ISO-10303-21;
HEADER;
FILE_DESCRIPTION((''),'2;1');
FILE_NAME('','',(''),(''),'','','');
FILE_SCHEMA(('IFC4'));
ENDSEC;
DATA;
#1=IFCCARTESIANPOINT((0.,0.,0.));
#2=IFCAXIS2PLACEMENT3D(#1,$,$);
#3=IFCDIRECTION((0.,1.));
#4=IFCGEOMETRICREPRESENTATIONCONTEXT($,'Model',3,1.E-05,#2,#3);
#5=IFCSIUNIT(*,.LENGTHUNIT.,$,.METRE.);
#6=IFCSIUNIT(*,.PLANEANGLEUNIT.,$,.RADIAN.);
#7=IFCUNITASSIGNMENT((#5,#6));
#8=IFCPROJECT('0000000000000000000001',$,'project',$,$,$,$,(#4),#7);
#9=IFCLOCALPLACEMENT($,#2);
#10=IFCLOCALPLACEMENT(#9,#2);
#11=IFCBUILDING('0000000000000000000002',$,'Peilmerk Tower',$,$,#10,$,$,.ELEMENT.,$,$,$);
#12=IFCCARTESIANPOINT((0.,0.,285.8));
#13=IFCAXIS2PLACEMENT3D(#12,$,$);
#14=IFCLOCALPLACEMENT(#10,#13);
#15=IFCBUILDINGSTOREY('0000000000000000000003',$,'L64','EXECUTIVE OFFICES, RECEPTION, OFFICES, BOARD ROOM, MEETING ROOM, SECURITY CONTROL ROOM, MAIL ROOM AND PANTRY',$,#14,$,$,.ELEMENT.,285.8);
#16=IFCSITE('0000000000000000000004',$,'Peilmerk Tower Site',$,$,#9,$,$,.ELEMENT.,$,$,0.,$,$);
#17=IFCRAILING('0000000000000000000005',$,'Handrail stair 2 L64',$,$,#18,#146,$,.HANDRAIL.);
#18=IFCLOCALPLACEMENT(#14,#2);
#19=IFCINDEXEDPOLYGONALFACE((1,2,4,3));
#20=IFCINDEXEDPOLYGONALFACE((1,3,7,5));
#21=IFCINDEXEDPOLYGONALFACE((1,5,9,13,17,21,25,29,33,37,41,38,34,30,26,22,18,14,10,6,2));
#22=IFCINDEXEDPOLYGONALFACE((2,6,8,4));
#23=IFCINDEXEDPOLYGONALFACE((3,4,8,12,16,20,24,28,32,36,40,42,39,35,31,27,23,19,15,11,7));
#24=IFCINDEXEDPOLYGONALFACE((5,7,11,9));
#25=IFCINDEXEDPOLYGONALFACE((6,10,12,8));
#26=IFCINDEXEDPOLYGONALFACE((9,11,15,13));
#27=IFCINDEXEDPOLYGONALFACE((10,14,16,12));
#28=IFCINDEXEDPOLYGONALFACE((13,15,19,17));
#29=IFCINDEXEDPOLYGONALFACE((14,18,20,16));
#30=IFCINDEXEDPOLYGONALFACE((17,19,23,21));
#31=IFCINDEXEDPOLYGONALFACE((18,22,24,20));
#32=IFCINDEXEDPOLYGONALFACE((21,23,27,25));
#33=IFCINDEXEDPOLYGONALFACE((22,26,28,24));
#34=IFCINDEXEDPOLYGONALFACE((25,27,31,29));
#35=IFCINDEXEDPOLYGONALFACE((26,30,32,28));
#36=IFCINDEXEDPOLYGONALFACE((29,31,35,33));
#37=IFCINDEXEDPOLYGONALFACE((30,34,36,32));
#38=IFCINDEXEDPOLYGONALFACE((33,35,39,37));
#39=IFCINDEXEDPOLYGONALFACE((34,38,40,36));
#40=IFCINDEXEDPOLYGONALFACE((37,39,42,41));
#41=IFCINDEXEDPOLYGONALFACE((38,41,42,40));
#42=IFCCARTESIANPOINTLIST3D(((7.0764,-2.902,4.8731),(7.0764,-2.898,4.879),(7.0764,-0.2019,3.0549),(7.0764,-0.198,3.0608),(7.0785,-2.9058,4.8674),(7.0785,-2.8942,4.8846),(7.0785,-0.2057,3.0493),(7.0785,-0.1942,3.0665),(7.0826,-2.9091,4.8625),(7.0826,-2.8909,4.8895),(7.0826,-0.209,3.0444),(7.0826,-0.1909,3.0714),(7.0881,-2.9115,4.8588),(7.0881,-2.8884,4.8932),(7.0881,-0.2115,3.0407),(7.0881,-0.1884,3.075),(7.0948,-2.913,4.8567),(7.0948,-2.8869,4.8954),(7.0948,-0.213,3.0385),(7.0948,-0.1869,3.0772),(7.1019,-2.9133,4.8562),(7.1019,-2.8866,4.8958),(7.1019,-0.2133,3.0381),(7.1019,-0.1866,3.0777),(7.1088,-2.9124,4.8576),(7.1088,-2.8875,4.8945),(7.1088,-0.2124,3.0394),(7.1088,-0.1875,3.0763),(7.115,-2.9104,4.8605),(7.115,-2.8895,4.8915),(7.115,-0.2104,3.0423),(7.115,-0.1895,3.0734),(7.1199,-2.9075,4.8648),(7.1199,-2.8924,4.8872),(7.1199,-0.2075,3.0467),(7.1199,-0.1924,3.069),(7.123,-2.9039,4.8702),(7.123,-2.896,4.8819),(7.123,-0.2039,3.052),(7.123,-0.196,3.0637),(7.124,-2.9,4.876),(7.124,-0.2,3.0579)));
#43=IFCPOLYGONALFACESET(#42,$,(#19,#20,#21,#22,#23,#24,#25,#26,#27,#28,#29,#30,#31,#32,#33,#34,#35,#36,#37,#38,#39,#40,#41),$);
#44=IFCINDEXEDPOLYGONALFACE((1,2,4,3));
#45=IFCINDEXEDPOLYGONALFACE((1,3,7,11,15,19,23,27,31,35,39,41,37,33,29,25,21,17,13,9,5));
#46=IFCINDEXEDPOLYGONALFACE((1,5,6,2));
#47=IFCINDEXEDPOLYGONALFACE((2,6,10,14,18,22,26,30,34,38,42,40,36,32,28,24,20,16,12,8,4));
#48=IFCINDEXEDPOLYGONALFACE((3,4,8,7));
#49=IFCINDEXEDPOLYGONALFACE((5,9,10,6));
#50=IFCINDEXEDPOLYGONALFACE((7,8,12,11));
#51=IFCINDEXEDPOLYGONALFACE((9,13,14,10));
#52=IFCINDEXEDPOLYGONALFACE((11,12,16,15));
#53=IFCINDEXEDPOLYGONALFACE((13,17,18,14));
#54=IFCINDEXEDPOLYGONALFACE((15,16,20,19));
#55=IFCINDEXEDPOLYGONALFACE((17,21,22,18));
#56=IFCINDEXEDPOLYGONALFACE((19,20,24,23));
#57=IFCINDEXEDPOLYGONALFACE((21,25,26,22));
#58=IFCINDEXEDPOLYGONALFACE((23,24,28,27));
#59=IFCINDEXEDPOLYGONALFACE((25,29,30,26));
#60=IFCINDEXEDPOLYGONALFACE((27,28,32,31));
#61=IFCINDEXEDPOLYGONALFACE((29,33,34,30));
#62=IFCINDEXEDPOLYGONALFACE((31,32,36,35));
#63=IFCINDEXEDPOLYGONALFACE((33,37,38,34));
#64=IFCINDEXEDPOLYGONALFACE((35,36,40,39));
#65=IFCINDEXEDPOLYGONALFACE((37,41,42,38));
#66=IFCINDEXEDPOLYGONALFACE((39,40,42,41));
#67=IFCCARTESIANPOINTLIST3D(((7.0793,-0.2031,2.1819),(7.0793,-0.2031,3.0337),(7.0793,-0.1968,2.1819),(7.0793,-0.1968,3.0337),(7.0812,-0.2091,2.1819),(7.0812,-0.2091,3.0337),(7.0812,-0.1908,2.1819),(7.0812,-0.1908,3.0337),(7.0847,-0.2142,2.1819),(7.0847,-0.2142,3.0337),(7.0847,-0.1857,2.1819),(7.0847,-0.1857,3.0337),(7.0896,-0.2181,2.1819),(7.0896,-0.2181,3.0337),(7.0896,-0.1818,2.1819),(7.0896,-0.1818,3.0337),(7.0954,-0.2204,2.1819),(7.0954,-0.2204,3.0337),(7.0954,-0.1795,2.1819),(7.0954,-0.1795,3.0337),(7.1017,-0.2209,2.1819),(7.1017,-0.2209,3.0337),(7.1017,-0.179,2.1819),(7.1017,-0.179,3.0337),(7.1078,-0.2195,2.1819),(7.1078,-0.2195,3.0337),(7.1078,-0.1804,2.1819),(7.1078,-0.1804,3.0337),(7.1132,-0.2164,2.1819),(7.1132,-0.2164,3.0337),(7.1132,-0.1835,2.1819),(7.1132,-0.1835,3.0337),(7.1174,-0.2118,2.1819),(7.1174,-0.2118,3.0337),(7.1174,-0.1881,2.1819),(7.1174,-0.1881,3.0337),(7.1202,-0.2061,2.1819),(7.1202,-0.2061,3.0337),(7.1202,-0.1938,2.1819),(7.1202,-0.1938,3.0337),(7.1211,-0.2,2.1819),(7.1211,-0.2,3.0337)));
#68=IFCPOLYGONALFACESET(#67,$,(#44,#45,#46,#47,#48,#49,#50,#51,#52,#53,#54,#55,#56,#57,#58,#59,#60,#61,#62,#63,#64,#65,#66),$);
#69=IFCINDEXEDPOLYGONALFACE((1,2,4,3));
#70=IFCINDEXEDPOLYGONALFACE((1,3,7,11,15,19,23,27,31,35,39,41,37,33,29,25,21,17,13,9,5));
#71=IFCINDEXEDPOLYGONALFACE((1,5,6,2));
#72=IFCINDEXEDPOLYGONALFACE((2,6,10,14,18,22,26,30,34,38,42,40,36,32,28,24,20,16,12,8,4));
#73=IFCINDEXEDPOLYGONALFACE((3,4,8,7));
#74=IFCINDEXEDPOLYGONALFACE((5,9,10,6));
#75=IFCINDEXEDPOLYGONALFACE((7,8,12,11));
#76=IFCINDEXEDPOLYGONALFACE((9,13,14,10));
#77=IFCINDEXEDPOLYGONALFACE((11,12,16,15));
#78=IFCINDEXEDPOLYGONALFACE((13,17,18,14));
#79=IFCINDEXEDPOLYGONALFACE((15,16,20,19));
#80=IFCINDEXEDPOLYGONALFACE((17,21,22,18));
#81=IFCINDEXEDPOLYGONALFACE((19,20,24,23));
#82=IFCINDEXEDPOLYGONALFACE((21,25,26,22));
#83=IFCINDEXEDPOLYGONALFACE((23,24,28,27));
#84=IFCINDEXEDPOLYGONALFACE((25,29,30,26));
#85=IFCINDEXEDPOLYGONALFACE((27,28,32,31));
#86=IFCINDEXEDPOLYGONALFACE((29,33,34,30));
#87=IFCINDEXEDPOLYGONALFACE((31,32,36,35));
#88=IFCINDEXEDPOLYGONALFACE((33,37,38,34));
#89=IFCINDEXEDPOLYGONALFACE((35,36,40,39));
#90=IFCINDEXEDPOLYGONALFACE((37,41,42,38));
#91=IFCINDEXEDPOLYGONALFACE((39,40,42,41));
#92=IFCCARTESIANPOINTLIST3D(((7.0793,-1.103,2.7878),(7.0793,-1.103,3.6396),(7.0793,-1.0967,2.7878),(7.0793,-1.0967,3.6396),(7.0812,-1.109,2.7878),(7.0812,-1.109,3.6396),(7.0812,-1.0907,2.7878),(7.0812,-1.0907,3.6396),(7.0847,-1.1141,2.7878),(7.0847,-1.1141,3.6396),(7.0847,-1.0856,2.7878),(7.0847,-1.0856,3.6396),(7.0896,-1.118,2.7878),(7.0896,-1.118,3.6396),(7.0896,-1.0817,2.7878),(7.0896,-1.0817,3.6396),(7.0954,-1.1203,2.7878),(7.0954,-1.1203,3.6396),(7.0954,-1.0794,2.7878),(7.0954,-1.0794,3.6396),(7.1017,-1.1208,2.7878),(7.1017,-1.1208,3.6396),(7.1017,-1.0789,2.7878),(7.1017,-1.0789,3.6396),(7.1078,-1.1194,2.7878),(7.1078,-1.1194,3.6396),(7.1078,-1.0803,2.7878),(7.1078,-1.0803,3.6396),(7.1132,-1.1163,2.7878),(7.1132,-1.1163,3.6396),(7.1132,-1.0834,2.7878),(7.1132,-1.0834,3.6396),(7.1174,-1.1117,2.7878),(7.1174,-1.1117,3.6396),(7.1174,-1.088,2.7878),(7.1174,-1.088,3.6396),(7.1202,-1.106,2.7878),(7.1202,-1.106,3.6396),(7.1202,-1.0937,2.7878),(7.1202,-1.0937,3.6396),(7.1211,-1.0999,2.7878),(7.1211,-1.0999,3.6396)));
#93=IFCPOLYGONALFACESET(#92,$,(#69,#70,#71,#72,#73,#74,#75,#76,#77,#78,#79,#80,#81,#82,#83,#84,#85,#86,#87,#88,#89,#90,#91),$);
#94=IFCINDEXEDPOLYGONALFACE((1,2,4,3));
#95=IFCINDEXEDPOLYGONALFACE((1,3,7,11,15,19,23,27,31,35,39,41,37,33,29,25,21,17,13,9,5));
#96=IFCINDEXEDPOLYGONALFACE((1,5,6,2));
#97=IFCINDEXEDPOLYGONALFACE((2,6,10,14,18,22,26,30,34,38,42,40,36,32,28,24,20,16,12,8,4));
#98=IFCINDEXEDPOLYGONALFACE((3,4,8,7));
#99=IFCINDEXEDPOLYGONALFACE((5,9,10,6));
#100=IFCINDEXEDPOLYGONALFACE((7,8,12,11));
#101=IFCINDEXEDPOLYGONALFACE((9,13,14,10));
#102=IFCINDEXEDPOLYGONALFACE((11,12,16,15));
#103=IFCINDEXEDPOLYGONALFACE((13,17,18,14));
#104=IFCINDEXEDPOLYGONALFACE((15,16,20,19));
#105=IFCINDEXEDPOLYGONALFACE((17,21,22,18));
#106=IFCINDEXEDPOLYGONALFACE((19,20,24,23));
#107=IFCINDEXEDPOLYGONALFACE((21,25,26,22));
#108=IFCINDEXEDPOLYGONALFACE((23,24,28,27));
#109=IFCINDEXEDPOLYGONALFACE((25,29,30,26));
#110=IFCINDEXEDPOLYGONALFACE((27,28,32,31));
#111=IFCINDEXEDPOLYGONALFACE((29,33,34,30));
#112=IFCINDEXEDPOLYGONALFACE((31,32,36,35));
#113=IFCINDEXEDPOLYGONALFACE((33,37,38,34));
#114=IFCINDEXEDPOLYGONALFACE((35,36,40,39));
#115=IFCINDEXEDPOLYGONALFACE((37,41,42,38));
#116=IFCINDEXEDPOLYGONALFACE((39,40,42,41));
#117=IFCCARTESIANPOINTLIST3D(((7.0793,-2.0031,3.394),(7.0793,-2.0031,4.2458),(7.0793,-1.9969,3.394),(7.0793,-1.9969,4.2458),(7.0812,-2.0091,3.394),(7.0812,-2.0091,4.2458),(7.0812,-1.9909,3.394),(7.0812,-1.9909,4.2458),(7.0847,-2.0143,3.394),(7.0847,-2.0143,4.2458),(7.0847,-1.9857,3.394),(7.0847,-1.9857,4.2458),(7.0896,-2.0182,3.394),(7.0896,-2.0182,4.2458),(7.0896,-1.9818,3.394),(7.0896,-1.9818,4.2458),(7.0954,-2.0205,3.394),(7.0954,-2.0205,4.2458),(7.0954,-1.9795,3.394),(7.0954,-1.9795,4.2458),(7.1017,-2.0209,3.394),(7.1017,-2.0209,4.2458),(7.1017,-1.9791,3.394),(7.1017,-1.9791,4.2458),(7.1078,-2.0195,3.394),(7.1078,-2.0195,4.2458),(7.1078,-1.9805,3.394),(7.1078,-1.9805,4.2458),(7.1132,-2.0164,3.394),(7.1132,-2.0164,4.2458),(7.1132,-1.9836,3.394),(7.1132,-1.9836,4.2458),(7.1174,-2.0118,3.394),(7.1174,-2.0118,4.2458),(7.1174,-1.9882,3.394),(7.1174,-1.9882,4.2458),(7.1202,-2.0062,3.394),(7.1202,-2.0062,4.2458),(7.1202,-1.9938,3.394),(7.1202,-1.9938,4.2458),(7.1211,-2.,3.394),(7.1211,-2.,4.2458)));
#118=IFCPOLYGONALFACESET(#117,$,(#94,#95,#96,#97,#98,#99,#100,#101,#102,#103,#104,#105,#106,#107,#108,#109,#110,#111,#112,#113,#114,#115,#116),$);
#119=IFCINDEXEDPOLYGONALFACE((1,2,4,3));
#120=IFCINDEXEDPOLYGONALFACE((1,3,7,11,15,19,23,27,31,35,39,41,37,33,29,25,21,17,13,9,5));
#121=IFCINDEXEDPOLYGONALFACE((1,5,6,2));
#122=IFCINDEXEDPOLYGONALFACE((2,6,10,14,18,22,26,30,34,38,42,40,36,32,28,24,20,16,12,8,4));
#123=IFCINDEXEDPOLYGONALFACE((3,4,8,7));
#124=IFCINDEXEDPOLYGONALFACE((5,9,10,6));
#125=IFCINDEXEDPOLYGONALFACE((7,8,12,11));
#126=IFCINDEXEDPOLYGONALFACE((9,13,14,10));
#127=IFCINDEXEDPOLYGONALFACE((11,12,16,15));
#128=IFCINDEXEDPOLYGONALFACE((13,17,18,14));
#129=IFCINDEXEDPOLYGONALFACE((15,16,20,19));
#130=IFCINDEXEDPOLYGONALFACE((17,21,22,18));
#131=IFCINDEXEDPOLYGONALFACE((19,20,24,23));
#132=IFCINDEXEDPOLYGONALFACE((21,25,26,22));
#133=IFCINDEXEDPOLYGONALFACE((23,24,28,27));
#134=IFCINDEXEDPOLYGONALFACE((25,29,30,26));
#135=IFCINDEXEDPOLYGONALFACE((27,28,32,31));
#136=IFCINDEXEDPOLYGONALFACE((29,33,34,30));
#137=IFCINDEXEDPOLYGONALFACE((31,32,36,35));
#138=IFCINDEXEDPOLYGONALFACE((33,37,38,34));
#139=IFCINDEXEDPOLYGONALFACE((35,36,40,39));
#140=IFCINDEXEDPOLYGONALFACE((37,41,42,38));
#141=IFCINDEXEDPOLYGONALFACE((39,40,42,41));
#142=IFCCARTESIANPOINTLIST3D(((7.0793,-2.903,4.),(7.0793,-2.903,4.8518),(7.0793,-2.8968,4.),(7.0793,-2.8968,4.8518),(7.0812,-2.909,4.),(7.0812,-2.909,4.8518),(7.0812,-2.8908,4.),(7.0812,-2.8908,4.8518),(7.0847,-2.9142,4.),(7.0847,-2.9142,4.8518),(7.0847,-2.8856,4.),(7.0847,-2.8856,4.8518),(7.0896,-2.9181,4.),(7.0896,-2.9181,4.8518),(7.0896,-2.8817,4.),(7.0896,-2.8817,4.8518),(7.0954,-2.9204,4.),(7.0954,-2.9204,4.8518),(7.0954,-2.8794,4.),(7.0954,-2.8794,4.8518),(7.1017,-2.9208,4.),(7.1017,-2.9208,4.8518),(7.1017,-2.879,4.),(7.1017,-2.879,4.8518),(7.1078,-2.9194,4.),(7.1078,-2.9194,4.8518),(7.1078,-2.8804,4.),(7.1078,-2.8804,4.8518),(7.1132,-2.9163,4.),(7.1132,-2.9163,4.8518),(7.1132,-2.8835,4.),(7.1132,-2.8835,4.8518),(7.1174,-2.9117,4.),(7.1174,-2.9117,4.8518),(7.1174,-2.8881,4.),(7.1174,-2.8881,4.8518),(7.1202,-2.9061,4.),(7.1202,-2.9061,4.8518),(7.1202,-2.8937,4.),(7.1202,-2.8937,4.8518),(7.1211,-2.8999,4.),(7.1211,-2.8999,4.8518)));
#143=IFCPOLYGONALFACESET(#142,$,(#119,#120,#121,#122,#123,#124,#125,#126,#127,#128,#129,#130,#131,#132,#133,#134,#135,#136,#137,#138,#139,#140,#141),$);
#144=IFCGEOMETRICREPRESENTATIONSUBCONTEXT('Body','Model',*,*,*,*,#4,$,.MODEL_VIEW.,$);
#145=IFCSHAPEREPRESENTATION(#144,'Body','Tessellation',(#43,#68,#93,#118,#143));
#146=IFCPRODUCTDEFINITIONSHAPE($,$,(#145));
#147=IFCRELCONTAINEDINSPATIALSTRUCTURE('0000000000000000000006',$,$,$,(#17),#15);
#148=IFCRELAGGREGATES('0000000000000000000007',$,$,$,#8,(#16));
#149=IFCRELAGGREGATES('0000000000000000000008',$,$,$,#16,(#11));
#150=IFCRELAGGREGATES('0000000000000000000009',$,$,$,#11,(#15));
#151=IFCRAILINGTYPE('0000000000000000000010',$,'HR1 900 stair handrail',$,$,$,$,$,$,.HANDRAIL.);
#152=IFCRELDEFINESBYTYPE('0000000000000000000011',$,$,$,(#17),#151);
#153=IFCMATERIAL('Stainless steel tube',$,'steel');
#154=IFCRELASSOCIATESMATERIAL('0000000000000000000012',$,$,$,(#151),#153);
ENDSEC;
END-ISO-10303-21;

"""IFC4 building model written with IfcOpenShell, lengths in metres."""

from ifc_helpers import new_model, si_unit, direction, frame, origin, origin_2d, place, context, subcontext, project, spatial, circle, extrude, material, type_object, element, save


model = new_model("IFC4")

# Units and contexts
model_context = context("Model", 3, precision=1e-05, world=origin(), true_north=direction((0.0, 1.0)))
body_context = subcontext(model_context, "Body", "Model", "MODEL_VIEW")
ifc_project = project(units=[si_unit("LENGTHUNIT", "METRE"), si_unit("PLANEANGLEUNIT", "RADIAN")], contexts=[model_context])

# Site, building, storey
site_placement = place(None, origin())
site = spatial("IfcSite", under=ifc_project, at=site_placement, Name="Peilmerk Tower Site", CompositionType="ELEMENT", RefElevation=0.0)
building_placement = place(site_placement, origin())
building = spatial("IfcBuilding", under=site, at=building_placement, Name="Peilmerk Tower", CompositionType="ELEMENT")
storey_placement = place(building_placement, frame((0.0, 0.0, 285.8)))
storey = spatial("IfcBuildingStorey", under=building, at=storey_placement, Name="L64", Description="EXECUTIVE OFFICES, RECEPTION, OFFICES, BOARD ROOM, MEETING ROOM, SECURITY CONTROL ROOM, MAIL ROOM AND PANTRY", CompositionType="ELEMENT", Elevation=285.8)

# Railing
ifc_material_1 = material(Name="Stainless steel tube", Category="steel")
railing_type_1 = type_object("IfcRailingType", Name="HR1 900 stair handrail", PredefinedType="HANDRAIL", material=ifc_material_1)
railing_1_placement = place(storey_placement, frame((7.1001, -0.2, 2.1819)))
element("IfcRailing", 1, at=railing_1_placement, inside=storey, type_object=railing_type_1, Name="Handrail stair 2 L64", PredefinedType="HANDRAIL", context=body_context, shape_type="SweptSolid", body=[
    extrude(circle(Radius=0.0239, at=origin_2d()), frame((0.0, 0.0, 0.876), z_axis=(0.0, -0.829468, 0.558554), x_axis=(1.0, 0.0, 0.0)), (0.0, 0.0, 1.0), 3.2551),
    extrude(circle(Radius=0.021, at=origin_2d()), origin(), (0.0, 0.0, 1.0), 0.8518),
    extrude(circle(Radius=0.021, at=origin_2d()), frame((0.0, -0.8999, 0.606)), (0.0, 0.0, 1.0), 0.8518),
    extrude(circle(Radius=0.021, at=origin_2d()), frame((0.0, -1.8, 1.2122)), (0.0, 0.0, 1.0), 0.8518),
    extrude(circle(Radius=0.021, at=origin_2d()), frame((0.0, -2.7, 1.8181)), (0.0, 0.0, 1.0), 0.8518),
])

save(model, "model.ifc")
